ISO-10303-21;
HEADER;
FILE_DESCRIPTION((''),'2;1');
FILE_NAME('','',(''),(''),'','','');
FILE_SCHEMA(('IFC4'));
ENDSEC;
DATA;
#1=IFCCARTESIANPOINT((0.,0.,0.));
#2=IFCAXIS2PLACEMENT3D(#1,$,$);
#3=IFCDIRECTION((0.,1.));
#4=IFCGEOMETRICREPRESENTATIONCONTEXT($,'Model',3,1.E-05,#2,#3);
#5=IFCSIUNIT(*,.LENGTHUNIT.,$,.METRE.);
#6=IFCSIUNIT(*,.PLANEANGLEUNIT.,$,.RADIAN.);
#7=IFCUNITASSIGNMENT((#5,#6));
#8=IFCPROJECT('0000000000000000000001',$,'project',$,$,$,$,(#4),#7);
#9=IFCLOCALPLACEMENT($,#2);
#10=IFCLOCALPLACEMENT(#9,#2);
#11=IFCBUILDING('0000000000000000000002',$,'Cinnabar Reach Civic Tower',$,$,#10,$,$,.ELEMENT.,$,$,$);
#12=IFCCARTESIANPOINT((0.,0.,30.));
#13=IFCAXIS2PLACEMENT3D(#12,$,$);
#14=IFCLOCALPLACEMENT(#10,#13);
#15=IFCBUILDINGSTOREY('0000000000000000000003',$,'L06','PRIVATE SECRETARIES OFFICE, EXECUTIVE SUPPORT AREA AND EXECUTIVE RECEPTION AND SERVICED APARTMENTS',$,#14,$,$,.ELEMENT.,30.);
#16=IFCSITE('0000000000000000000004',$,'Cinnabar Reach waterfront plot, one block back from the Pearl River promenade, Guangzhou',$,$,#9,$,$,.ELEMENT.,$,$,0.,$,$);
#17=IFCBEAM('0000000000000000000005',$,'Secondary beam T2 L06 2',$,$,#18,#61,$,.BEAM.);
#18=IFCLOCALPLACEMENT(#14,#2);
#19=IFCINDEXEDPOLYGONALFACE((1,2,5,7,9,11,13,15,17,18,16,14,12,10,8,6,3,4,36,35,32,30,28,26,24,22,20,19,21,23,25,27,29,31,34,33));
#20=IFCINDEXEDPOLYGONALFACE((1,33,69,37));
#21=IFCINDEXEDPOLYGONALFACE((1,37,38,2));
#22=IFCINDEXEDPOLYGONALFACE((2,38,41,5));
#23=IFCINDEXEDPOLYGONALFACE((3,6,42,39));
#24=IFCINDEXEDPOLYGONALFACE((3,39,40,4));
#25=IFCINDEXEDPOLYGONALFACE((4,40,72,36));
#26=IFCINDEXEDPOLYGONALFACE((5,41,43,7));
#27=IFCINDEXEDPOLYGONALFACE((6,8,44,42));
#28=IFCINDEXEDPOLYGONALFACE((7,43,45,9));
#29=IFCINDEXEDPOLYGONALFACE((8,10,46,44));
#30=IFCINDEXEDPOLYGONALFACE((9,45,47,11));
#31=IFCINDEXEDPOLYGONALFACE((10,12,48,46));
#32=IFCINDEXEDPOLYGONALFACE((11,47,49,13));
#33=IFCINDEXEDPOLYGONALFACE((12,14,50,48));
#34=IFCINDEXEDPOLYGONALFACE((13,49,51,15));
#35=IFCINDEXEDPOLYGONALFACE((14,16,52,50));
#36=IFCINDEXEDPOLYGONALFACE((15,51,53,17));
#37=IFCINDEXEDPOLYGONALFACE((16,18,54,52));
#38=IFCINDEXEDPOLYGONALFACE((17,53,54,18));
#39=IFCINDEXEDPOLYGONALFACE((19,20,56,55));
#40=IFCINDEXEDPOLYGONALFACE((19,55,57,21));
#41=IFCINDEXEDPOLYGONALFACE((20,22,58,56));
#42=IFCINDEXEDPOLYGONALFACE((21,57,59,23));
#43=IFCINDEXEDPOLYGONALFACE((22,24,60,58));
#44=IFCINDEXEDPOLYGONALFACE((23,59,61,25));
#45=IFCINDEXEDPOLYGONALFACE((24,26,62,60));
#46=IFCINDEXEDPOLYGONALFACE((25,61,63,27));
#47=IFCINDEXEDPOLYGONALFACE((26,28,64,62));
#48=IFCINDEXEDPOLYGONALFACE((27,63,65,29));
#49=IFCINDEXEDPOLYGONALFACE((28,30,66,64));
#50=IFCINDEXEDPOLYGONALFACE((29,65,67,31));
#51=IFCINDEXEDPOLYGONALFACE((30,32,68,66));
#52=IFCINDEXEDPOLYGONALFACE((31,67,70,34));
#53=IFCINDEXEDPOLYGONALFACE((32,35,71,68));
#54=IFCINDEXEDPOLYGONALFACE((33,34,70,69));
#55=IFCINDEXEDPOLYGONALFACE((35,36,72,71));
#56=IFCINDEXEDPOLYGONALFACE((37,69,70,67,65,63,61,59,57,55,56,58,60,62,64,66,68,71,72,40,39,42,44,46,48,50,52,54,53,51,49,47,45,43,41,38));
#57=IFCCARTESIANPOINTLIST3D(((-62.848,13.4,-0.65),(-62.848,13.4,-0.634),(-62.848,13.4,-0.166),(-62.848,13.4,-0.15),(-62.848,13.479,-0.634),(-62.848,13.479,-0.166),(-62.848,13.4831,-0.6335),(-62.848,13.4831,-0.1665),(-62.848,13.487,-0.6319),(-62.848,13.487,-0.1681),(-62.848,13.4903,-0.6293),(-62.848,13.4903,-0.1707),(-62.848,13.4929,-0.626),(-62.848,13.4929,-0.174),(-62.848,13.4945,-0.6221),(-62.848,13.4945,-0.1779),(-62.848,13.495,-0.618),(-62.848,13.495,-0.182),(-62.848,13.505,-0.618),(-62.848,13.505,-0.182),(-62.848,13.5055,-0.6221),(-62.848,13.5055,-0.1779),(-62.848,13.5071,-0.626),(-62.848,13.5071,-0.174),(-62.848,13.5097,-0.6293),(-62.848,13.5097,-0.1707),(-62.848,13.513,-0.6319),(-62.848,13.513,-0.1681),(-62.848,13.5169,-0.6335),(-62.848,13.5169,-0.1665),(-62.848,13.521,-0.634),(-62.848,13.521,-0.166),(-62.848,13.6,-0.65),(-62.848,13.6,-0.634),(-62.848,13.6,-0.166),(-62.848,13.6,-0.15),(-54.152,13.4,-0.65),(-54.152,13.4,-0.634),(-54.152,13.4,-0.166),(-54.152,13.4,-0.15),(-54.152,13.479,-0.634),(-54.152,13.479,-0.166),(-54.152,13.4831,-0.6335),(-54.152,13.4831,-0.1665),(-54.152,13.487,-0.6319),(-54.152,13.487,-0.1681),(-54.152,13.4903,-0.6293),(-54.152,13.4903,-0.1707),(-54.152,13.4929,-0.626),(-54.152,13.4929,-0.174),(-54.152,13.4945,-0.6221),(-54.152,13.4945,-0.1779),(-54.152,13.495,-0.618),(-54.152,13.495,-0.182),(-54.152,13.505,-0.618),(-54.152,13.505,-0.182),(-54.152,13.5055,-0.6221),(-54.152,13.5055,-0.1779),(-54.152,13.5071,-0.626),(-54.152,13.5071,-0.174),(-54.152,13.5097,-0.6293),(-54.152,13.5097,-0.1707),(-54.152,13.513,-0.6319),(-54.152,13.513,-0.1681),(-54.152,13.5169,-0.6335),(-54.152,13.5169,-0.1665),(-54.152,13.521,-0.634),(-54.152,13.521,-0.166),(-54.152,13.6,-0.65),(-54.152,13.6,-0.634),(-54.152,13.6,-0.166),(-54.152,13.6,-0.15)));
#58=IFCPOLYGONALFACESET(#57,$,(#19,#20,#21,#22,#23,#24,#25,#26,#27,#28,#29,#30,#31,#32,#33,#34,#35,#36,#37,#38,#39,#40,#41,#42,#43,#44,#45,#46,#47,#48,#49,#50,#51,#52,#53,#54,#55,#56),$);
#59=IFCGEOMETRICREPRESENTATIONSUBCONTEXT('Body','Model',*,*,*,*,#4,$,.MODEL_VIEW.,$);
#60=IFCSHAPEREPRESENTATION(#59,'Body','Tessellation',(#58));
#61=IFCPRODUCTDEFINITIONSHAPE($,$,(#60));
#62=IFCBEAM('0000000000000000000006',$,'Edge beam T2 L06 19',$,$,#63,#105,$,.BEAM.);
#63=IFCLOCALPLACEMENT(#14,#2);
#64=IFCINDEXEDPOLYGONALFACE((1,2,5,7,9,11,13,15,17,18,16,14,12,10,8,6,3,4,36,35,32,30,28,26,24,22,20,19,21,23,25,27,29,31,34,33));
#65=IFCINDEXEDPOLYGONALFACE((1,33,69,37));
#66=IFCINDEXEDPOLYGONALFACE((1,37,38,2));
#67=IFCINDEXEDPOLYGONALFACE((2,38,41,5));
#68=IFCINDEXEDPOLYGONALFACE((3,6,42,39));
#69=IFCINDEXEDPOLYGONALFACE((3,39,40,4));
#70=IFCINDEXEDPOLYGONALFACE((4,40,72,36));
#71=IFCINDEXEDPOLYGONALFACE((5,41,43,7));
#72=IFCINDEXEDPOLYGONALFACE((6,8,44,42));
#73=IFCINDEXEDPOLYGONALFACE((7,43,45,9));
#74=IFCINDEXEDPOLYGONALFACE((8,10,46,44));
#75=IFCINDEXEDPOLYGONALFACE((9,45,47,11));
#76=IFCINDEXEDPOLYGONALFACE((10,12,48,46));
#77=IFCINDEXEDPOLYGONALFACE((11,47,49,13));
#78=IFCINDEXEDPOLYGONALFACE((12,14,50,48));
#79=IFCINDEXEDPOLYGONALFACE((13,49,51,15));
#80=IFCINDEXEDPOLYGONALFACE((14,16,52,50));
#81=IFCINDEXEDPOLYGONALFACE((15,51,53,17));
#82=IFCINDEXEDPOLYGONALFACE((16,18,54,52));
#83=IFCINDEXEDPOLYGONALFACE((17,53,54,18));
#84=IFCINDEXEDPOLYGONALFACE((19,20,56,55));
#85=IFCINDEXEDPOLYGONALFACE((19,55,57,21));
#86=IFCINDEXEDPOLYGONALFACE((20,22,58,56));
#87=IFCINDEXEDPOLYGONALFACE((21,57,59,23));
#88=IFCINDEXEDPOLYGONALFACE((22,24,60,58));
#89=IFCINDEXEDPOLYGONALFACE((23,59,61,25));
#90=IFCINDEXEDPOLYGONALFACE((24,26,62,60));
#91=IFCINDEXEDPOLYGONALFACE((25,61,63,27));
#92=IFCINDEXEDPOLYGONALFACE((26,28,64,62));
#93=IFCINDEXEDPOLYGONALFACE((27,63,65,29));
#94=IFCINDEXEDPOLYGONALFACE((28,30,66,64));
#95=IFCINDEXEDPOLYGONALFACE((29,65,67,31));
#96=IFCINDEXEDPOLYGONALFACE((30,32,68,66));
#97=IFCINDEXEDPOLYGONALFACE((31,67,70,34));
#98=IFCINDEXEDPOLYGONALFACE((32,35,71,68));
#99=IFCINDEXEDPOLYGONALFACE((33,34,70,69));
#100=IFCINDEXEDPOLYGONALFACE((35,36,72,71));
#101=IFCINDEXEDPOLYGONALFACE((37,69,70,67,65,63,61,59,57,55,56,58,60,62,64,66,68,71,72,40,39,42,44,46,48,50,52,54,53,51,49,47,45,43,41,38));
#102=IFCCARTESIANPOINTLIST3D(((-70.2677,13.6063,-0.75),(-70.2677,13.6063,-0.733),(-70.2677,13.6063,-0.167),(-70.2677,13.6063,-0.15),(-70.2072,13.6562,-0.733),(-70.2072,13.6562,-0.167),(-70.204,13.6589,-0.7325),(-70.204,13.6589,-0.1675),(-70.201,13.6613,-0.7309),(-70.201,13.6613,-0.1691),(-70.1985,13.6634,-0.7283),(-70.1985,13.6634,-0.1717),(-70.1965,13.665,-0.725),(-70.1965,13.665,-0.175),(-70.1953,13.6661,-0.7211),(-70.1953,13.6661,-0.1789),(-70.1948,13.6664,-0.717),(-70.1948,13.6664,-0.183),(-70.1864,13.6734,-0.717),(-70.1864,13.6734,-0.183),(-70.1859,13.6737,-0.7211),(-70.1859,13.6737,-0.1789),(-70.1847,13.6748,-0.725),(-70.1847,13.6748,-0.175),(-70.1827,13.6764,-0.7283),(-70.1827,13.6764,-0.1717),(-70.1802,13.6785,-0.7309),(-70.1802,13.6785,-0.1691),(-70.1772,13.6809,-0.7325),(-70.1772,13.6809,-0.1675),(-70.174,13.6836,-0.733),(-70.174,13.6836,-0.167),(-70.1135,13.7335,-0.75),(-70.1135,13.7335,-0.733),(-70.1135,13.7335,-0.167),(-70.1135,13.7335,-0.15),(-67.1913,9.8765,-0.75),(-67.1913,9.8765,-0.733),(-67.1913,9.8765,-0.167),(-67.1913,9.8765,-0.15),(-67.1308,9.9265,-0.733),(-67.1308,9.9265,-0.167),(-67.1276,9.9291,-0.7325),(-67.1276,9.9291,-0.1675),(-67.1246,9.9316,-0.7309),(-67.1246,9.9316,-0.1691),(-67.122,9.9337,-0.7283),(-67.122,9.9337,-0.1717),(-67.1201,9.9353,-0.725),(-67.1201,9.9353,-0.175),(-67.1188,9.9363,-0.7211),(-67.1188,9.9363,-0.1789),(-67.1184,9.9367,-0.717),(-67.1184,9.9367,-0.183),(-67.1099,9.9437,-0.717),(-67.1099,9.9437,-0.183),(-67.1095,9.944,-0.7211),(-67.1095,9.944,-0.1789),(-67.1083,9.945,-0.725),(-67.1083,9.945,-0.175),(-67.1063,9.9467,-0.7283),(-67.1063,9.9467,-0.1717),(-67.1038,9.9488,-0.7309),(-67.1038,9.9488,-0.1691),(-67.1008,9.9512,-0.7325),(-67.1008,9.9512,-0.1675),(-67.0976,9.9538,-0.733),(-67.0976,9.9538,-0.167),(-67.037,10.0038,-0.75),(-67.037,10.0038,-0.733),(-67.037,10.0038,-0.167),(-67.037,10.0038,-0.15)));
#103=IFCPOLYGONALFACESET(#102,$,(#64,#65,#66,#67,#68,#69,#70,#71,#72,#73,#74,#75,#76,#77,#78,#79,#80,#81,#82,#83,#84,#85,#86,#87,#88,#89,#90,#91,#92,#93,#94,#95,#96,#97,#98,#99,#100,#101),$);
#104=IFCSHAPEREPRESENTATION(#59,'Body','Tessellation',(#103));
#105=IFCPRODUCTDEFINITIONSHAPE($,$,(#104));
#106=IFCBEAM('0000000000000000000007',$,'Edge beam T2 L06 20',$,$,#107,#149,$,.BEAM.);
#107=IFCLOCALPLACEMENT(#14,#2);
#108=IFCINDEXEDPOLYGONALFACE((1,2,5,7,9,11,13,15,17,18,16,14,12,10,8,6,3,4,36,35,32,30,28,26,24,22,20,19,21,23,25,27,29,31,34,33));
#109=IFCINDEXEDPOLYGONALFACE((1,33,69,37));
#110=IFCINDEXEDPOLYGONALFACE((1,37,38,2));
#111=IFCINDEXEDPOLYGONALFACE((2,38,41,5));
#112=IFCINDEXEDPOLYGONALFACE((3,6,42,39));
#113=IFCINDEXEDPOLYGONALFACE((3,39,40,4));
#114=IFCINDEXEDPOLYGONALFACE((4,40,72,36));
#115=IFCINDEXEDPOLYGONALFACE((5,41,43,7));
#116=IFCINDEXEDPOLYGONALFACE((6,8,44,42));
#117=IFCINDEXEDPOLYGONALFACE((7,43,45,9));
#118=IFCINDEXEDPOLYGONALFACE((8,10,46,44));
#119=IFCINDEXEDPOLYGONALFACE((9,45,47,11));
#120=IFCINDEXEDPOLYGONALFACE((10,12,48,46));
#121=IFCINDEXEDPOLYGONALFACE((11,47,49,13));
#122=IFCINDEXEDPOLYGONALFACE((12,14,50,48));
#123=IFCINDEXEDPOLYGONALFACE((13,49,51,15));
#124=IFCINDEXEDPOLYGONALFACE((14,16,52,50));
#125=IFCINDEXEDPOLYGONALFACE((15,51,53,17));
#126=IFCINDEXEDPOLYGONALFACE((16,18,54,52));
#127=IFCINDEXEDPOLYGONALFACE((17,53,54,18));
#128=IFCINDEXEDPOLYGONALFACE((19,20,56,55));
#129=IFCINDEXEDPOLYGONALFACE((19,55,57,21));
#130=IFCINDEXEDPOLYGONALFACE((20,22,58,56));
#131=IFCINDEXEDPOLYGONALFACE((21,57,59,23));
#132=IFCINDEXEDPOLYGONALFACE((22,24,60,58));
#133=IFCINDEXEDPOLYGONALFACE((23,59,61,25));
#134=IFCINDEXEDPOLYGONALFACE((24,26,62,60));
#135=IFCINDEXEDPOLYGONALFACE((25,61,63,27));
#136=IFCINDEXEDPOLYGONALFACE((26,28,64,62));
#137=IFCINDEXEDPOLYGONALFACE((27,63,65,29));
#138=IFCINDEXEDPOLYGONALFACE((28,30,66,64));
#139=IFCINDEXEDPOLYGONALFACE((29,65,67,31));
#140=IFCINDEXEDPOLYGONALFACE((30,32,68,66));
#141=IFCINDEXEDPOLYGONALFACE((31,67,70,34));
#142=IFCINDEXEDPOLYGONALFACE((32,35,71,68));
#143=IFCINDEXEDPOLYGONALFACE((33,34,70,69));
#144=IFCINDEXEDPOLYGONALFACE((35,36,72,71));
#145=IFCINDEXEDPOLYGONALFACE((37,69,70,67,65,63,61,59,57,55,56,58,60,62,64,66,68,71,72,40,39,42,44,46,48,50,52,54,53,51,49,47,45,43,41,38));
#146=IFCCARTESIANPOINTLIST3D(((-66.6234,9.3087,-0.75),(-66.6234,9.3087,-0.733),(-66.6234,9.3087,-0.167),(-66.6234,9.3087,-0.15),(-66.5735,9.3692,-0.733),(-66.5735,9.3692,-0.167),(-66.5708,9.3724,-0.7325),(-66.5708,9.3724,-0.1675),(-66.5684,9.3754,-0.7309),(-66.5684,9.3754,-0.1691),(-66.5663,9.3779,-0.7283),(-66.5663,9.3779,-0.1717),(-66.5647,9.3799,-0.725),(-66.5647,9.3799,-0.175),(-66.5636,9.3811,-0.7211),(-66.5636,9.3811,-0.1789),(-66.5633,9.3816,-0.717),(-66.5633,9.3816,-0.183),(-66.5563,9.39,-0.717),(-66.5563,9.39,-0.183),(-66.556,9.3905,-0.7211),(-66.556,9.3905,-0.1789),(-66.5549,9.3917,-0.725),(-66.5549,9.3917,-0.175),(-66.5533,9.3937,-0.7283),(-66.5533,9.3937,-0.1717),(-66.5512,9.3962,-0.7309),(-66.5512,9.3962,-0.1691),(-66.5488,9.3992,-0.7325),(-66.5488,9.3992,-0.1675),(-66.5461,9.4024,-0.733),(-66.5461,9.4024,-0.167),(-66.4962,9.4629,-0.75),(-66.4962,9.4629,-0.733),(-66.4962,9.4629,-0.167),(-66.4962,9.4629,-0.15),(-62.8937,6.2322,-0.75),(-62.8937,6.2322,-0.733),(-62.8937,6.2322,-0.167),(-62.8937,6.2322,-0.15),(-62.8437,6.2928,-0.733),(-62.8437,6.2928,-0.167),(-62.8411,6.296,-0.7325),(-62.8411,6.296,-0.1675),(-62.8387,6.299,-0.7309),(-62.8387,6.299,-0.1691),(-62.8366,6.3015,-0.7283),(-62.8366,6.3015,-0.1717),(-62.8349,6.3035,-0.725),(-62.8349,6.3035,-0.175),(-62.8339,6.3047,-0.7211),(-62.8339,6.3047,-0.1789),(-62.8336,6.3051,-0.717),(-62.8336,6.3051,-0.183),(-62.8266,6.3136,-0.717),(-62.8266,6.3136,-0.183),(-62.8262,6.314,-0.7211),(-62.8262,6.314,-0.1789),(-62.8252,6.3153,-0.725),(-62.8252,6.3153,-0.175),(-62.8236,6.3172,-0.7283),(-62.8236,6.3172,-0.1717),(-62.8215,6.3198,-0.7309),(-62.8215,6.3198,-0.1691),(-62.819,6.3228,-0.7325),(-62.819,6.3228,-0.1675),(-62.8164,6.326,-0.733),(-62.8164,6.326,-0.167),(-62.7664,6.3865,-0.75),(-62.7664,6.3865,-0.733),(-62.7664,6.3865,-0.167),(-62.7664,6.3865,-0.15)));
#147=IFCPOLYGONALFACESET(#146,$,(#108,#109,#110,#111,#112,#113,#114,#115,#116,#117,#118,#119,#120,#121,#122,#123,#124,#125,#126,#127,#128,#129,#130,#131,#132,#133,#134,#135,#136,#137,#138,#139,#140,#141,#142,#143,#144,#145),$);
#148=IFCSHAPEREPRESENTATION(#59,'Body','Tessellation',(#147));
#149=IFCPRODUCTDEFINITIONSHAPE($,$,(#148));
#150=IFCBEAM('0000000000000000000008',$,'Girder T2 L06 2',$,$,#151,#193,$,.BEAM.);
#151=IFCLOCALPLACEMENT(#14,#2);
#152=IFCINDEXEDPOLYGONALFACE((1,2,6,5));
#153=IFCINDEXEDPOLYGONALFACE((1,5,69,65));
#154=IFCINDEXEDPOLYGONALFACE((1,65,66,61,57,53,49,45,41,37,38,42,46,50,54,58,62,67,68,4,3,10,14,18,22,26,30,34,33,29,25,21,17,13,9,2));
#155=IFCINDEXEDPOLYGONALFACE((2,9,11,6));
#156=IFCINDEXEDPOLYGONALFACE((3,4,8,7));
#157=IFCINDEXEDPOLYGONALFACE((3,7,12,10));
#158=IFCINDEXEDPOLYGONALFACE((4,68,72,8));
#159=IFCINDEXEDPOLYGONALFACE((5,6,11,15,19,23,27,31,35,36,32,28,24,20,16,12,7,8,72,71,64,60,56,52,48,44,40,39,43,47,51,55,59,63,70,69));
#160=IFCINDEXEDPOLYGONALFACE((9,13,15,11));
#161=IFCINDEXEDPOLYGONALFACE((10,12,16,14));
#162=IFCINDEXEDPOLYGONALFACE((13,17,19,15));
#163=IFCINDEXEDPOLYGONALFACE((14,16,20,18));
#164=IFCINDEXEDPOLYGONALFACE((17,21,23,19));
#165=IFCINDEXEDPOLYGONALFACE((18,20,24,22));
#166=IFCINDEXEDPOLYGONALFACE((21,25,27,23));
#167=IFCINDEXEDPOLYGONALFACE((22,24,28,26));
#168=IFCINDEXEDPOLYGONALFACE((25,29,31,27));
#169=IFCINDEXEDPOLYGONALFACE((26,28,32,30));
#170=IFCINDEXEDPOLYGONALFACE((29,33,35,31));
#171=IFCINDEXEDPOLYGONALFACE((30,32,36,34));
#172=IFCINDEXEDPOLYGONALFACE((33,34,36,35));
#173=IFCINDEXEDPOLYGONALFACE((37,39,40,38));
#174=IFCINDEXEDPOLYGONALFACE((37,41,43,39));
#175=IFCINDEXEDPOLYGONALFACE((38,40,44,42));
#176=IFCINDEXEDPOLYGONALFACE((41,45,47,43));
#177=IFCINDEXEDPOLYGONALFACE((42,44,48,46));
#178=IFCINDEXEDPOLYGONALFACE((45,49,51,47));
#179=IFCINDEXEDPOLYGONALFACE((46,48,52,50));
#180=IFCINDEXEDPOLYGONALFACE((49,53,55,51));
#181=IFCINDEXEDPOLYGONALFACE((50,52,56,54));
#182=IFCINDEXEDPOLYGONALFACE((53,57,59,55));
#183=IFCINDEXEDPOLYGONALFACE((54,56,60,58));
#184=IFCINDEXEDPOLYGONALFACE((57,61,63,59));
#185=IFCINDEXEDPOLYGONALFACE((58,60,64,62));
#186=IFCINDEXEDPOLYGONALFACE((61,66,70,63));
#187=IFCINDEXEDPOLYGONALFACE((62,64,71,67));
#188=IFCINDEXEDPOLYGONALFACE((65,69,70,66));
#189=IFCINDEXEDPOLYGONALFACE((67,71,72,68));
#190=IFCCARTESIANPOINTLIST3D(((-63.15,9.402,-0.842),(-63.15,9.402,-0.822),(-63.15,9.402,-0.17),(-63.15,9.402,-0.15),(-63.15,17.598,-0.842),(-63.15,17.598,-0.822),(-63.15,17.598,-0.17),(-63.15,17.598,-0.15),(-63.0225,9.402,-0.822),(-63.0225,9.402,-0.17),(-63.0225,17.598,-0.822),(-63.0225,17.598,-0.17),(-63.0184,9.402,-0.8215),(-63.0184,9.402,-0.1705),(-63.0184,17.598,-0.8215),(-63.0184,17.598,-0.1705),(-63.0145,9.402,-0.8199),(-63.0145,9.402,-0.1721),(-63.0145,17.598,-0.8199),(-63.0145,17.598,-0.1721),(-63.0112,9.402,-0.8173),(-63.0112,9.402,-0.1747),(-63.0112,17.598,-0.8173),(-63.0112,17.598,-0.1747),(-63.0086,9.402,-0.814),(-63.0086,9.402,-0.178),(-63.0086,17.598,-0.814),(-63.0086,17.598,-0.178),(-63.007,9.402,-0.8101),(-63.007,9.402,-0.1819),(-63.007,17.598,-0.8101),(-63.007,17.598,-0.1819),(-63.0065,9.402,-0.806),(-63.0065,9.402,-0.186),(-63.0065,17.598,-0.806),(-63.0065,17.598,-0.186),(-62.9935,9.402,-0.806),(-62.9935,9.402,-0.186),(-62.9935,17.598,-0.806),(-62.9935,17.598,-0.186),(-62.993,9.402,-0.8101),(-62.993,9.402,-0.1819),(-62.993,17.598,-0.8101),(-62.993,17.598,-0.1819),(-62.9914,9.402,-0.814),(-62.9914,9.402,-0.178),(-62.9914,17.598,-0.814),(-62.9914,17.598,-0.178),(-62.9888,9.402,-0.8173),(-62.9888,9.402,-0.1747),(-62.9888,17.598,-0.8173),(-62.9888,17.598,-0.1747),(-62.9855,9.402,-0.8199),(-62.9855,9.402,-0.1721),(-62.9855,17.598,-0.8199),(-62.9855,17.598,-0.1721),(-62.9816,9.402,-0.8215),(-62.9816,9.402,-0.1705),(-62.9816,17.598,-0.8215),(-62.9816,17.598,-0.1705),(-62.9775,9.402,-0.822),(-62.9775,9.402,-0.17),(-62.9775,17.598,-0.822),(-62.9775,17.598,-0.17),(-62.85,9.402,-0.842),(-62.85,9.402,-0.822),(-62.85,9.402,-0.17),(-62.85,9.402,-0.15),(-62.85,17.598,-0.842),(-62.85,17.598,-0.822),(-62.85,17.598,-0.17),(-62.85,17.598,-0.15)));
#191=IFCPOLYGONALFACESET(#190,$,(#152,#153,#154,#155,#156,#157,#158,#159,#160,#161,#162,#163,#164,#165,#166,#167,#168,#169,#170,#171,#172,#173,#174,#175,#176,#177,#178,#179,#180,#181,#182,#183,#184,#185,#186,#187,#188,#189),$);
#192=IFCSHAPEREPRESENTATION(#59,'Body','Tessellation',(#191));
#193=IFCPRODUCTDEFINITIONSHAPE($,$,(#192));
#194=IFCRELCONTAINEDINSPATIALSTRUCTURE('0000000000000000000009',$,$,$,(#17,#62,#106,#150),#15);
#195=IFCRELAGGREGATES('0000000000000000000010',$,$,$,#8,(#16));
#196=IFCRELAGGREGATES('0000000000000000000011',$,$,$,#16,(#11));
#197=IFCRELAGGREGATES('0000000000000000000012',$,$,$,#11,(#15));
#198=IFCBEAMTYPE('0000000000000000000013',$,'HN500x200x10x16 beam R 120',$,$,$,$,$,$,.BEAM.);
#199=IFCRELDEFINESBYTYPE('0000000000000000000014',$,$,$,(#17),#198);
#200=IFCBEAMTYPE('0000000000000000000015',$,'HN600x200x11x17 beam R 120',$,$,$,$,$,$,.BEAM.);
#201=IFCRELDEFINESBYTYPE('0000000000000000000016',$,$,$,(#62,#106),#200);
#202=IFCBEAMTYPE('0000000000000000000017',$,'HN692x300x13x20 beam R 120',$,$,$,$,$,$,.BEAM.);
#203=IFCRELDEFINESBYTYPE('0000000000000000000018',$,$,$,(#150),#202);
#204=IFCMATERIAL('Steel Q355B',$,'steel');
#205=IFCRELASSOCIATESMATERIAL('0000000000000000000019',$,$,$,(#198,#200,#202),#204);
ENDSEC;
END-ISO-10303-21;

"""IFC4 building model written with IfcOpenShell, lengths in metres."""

from ifc_helpers import new_model, si_unit, direction, frame, origin, origin_2d, place, context, subcontext, project, spatial, i_section, extrude, material, material_profile, profile_set, type_object, element, save


model = new_model("IFC4")

# Units and contexts
model_context = context("Model", 3, precision=1e-05, world=origin(), true_north=direction((0.0, 1.0)))
body_context = subcontext(model_context, "Body", "Model", "MODEL_VIEW")
ifc_project = project(units=[si_unit("LENGTHUNIT", "METRE"), si_unit("PLANEANGLEUNIT", "RADIAN")], contexts=[model_context])

# Site, building, storey
site_placement = place(None, origin())
site = spatial("IfcSite", under=ifc_project, at=site_placement, Name="Cinnabar Reach waterfront plot, one block back from the Pearl River promenade, Guangzhou", CompositionType="ELEMENT", RefElevation=0.0)
building_placement = place(site_placement, origin())
building = spatial("IfcBuilding", under=site, at=building_placement, Name="Cinnabar Reach Civic Tower", CompositionType="ELEMENT")
storey_placement = place(building_placement, frame((0.0, 0.0, 30.0)))
storey = spatial("IfcBuildingStorey", under=building, at=storey_placement, Name="L06", Description="PRIVATE SECRETARIES OFFICE, EXECUTIVE SUPPORT AREA AND EXECUTIVE RECEPTION AND SERVICED APARTMENTS", CompositionType="ELEMENT", Elevation=30.0)

# Beams
ifc_material_1 = material(Name="Steel Q355B", Category="steel")
ifc_material_profile_1 = material_profile(ifc_material_1, i_section(OverallWidth=0.2, OverallDepth=0.5, WebThickness=0.01, FlangeThickness=0.016, FilletRadius=0.016, at=origin_2d()), Name="HN500x200x10x16")
ifc_profile_set_1 = profile_set([ifc_material_profile_1], Name="Steel Q355B")
beam_type_1 = type_object("IfcBeamType", Name="HN500x200x10x16 beam R 120", PredefinedType="BEAM", material=ifc_profile_set_1)
beam_1_placement = place(storey_placement, frame((-62.848, 13.5, -0.4), z_axis=(1.0, 0.0, 0.0), x_axis=(0.0, 1.0, 0.0)))
element("IfcBeam", 1, at=beam_1_placement, inside=storey, type_object=beam_type_1, Name="Secondary beam T2 L06 2", PredefinedType="BEAM", context=body_context, shape_type="SweptSolid", body=[
    extrude(i_section(OverallWidth=0.2, OverallDepth=0.5, WebThickness=0.01, FlangeThickness=0.016, FilletRadius=0.016, at=origin_2d()), origin(), (0.0, 0.0, 1.0), 8.696),
])
ifc_material_profile_2 = material_profile(ifc_material_1, i_section(OverallWidth=0.2, OverallDepth=0.6, WebThickness=0.011, FlangeThickness=0.017, FilletRadius=0.016, at=origin_2d()), Name="HN600x200x11x17")
ifc_profile_set_2 = profile_set([ifc_material_profile_2], Name="Steel Q355B")
beam_type_2 = type_object("IfcBeamType", Name="HN600x200x11x17 beam R 120", PredefinedType="BEAM", material=ifc_profile_set_2)
for number, where, z_axis, x_axis, name in (
    (2, (-70.1906, 13.6699, -0.45), (0.636309, -0.771434, 0.0), (0.771434, 0.636309, 0.0), "Edge beam T2 L06 19"),
    (3, (-66.5598, 9.3858, -0.45), (0.771434, -0.636309, 0.0), (0.636309, 0.771434, 0.0), "Edge beam T2 L06 20"),
):
    element("IfcBeam", number, at=place(storey_placement, frame(where, z_axis=z_axis, x_axis=x_axis)), inside=storey, type_object=beam_type_2, Name=name, PredefinedType="BEAM", context=body_context, shape_type="SweptSolid", body=[
        extrude(i_section(OverallWidth=0.2, OverallDepth=0.6, WebThickness=0.011, FlangeThickness=0.017, FilletRadius=0.016, at=origin_2d()), origin(), (0.0, 0.0, 1.0), 4.8348),
    ])
ifc_material_profile_3 = material_profile(ifc_material_1, i_section(OverallWidth=0.3, OverallDepth=0.692, WebThickness=0.013, FlangeThickness=0.02, FilletRadius=0.016, at=origin_2d()), Name="HN692x300x13x20")
ifc_profile_set_3 = profile_set([ifc_material_profile_3], Name="Steel Q355B")
beam_type_3 = type_object("IfcBeamType", Name="HN692x300x13x20 beam R 120", PredefinedType="BEAM", material=ifc_profile_set_3)
beam_2_placement = place(storey_placement, frame((-63.0, 9.402, -0.496), z_axis=(0.0, 1.0, 0.0), x_axis=(-1.0, 0.0, 0.0)))
element("IfcBeam", 4, at=beam_2_placement, inside=storey, type_object=beam_type_3, Name="Girder T2 L06 2", PredefinedType="BEAM", context=body_context, shape_type="SweptSolid", body=[
    extrude(i_section(OverallWidth=0.3, OverallDepth=0.692, WebThickness=0.013, FlangeThickness=0.02, FilletRadius=0.016, at=origin_2d()), origin(), (0.0, 0.0, 1.0), 8.196),
])

save(model, "model.ifc")
